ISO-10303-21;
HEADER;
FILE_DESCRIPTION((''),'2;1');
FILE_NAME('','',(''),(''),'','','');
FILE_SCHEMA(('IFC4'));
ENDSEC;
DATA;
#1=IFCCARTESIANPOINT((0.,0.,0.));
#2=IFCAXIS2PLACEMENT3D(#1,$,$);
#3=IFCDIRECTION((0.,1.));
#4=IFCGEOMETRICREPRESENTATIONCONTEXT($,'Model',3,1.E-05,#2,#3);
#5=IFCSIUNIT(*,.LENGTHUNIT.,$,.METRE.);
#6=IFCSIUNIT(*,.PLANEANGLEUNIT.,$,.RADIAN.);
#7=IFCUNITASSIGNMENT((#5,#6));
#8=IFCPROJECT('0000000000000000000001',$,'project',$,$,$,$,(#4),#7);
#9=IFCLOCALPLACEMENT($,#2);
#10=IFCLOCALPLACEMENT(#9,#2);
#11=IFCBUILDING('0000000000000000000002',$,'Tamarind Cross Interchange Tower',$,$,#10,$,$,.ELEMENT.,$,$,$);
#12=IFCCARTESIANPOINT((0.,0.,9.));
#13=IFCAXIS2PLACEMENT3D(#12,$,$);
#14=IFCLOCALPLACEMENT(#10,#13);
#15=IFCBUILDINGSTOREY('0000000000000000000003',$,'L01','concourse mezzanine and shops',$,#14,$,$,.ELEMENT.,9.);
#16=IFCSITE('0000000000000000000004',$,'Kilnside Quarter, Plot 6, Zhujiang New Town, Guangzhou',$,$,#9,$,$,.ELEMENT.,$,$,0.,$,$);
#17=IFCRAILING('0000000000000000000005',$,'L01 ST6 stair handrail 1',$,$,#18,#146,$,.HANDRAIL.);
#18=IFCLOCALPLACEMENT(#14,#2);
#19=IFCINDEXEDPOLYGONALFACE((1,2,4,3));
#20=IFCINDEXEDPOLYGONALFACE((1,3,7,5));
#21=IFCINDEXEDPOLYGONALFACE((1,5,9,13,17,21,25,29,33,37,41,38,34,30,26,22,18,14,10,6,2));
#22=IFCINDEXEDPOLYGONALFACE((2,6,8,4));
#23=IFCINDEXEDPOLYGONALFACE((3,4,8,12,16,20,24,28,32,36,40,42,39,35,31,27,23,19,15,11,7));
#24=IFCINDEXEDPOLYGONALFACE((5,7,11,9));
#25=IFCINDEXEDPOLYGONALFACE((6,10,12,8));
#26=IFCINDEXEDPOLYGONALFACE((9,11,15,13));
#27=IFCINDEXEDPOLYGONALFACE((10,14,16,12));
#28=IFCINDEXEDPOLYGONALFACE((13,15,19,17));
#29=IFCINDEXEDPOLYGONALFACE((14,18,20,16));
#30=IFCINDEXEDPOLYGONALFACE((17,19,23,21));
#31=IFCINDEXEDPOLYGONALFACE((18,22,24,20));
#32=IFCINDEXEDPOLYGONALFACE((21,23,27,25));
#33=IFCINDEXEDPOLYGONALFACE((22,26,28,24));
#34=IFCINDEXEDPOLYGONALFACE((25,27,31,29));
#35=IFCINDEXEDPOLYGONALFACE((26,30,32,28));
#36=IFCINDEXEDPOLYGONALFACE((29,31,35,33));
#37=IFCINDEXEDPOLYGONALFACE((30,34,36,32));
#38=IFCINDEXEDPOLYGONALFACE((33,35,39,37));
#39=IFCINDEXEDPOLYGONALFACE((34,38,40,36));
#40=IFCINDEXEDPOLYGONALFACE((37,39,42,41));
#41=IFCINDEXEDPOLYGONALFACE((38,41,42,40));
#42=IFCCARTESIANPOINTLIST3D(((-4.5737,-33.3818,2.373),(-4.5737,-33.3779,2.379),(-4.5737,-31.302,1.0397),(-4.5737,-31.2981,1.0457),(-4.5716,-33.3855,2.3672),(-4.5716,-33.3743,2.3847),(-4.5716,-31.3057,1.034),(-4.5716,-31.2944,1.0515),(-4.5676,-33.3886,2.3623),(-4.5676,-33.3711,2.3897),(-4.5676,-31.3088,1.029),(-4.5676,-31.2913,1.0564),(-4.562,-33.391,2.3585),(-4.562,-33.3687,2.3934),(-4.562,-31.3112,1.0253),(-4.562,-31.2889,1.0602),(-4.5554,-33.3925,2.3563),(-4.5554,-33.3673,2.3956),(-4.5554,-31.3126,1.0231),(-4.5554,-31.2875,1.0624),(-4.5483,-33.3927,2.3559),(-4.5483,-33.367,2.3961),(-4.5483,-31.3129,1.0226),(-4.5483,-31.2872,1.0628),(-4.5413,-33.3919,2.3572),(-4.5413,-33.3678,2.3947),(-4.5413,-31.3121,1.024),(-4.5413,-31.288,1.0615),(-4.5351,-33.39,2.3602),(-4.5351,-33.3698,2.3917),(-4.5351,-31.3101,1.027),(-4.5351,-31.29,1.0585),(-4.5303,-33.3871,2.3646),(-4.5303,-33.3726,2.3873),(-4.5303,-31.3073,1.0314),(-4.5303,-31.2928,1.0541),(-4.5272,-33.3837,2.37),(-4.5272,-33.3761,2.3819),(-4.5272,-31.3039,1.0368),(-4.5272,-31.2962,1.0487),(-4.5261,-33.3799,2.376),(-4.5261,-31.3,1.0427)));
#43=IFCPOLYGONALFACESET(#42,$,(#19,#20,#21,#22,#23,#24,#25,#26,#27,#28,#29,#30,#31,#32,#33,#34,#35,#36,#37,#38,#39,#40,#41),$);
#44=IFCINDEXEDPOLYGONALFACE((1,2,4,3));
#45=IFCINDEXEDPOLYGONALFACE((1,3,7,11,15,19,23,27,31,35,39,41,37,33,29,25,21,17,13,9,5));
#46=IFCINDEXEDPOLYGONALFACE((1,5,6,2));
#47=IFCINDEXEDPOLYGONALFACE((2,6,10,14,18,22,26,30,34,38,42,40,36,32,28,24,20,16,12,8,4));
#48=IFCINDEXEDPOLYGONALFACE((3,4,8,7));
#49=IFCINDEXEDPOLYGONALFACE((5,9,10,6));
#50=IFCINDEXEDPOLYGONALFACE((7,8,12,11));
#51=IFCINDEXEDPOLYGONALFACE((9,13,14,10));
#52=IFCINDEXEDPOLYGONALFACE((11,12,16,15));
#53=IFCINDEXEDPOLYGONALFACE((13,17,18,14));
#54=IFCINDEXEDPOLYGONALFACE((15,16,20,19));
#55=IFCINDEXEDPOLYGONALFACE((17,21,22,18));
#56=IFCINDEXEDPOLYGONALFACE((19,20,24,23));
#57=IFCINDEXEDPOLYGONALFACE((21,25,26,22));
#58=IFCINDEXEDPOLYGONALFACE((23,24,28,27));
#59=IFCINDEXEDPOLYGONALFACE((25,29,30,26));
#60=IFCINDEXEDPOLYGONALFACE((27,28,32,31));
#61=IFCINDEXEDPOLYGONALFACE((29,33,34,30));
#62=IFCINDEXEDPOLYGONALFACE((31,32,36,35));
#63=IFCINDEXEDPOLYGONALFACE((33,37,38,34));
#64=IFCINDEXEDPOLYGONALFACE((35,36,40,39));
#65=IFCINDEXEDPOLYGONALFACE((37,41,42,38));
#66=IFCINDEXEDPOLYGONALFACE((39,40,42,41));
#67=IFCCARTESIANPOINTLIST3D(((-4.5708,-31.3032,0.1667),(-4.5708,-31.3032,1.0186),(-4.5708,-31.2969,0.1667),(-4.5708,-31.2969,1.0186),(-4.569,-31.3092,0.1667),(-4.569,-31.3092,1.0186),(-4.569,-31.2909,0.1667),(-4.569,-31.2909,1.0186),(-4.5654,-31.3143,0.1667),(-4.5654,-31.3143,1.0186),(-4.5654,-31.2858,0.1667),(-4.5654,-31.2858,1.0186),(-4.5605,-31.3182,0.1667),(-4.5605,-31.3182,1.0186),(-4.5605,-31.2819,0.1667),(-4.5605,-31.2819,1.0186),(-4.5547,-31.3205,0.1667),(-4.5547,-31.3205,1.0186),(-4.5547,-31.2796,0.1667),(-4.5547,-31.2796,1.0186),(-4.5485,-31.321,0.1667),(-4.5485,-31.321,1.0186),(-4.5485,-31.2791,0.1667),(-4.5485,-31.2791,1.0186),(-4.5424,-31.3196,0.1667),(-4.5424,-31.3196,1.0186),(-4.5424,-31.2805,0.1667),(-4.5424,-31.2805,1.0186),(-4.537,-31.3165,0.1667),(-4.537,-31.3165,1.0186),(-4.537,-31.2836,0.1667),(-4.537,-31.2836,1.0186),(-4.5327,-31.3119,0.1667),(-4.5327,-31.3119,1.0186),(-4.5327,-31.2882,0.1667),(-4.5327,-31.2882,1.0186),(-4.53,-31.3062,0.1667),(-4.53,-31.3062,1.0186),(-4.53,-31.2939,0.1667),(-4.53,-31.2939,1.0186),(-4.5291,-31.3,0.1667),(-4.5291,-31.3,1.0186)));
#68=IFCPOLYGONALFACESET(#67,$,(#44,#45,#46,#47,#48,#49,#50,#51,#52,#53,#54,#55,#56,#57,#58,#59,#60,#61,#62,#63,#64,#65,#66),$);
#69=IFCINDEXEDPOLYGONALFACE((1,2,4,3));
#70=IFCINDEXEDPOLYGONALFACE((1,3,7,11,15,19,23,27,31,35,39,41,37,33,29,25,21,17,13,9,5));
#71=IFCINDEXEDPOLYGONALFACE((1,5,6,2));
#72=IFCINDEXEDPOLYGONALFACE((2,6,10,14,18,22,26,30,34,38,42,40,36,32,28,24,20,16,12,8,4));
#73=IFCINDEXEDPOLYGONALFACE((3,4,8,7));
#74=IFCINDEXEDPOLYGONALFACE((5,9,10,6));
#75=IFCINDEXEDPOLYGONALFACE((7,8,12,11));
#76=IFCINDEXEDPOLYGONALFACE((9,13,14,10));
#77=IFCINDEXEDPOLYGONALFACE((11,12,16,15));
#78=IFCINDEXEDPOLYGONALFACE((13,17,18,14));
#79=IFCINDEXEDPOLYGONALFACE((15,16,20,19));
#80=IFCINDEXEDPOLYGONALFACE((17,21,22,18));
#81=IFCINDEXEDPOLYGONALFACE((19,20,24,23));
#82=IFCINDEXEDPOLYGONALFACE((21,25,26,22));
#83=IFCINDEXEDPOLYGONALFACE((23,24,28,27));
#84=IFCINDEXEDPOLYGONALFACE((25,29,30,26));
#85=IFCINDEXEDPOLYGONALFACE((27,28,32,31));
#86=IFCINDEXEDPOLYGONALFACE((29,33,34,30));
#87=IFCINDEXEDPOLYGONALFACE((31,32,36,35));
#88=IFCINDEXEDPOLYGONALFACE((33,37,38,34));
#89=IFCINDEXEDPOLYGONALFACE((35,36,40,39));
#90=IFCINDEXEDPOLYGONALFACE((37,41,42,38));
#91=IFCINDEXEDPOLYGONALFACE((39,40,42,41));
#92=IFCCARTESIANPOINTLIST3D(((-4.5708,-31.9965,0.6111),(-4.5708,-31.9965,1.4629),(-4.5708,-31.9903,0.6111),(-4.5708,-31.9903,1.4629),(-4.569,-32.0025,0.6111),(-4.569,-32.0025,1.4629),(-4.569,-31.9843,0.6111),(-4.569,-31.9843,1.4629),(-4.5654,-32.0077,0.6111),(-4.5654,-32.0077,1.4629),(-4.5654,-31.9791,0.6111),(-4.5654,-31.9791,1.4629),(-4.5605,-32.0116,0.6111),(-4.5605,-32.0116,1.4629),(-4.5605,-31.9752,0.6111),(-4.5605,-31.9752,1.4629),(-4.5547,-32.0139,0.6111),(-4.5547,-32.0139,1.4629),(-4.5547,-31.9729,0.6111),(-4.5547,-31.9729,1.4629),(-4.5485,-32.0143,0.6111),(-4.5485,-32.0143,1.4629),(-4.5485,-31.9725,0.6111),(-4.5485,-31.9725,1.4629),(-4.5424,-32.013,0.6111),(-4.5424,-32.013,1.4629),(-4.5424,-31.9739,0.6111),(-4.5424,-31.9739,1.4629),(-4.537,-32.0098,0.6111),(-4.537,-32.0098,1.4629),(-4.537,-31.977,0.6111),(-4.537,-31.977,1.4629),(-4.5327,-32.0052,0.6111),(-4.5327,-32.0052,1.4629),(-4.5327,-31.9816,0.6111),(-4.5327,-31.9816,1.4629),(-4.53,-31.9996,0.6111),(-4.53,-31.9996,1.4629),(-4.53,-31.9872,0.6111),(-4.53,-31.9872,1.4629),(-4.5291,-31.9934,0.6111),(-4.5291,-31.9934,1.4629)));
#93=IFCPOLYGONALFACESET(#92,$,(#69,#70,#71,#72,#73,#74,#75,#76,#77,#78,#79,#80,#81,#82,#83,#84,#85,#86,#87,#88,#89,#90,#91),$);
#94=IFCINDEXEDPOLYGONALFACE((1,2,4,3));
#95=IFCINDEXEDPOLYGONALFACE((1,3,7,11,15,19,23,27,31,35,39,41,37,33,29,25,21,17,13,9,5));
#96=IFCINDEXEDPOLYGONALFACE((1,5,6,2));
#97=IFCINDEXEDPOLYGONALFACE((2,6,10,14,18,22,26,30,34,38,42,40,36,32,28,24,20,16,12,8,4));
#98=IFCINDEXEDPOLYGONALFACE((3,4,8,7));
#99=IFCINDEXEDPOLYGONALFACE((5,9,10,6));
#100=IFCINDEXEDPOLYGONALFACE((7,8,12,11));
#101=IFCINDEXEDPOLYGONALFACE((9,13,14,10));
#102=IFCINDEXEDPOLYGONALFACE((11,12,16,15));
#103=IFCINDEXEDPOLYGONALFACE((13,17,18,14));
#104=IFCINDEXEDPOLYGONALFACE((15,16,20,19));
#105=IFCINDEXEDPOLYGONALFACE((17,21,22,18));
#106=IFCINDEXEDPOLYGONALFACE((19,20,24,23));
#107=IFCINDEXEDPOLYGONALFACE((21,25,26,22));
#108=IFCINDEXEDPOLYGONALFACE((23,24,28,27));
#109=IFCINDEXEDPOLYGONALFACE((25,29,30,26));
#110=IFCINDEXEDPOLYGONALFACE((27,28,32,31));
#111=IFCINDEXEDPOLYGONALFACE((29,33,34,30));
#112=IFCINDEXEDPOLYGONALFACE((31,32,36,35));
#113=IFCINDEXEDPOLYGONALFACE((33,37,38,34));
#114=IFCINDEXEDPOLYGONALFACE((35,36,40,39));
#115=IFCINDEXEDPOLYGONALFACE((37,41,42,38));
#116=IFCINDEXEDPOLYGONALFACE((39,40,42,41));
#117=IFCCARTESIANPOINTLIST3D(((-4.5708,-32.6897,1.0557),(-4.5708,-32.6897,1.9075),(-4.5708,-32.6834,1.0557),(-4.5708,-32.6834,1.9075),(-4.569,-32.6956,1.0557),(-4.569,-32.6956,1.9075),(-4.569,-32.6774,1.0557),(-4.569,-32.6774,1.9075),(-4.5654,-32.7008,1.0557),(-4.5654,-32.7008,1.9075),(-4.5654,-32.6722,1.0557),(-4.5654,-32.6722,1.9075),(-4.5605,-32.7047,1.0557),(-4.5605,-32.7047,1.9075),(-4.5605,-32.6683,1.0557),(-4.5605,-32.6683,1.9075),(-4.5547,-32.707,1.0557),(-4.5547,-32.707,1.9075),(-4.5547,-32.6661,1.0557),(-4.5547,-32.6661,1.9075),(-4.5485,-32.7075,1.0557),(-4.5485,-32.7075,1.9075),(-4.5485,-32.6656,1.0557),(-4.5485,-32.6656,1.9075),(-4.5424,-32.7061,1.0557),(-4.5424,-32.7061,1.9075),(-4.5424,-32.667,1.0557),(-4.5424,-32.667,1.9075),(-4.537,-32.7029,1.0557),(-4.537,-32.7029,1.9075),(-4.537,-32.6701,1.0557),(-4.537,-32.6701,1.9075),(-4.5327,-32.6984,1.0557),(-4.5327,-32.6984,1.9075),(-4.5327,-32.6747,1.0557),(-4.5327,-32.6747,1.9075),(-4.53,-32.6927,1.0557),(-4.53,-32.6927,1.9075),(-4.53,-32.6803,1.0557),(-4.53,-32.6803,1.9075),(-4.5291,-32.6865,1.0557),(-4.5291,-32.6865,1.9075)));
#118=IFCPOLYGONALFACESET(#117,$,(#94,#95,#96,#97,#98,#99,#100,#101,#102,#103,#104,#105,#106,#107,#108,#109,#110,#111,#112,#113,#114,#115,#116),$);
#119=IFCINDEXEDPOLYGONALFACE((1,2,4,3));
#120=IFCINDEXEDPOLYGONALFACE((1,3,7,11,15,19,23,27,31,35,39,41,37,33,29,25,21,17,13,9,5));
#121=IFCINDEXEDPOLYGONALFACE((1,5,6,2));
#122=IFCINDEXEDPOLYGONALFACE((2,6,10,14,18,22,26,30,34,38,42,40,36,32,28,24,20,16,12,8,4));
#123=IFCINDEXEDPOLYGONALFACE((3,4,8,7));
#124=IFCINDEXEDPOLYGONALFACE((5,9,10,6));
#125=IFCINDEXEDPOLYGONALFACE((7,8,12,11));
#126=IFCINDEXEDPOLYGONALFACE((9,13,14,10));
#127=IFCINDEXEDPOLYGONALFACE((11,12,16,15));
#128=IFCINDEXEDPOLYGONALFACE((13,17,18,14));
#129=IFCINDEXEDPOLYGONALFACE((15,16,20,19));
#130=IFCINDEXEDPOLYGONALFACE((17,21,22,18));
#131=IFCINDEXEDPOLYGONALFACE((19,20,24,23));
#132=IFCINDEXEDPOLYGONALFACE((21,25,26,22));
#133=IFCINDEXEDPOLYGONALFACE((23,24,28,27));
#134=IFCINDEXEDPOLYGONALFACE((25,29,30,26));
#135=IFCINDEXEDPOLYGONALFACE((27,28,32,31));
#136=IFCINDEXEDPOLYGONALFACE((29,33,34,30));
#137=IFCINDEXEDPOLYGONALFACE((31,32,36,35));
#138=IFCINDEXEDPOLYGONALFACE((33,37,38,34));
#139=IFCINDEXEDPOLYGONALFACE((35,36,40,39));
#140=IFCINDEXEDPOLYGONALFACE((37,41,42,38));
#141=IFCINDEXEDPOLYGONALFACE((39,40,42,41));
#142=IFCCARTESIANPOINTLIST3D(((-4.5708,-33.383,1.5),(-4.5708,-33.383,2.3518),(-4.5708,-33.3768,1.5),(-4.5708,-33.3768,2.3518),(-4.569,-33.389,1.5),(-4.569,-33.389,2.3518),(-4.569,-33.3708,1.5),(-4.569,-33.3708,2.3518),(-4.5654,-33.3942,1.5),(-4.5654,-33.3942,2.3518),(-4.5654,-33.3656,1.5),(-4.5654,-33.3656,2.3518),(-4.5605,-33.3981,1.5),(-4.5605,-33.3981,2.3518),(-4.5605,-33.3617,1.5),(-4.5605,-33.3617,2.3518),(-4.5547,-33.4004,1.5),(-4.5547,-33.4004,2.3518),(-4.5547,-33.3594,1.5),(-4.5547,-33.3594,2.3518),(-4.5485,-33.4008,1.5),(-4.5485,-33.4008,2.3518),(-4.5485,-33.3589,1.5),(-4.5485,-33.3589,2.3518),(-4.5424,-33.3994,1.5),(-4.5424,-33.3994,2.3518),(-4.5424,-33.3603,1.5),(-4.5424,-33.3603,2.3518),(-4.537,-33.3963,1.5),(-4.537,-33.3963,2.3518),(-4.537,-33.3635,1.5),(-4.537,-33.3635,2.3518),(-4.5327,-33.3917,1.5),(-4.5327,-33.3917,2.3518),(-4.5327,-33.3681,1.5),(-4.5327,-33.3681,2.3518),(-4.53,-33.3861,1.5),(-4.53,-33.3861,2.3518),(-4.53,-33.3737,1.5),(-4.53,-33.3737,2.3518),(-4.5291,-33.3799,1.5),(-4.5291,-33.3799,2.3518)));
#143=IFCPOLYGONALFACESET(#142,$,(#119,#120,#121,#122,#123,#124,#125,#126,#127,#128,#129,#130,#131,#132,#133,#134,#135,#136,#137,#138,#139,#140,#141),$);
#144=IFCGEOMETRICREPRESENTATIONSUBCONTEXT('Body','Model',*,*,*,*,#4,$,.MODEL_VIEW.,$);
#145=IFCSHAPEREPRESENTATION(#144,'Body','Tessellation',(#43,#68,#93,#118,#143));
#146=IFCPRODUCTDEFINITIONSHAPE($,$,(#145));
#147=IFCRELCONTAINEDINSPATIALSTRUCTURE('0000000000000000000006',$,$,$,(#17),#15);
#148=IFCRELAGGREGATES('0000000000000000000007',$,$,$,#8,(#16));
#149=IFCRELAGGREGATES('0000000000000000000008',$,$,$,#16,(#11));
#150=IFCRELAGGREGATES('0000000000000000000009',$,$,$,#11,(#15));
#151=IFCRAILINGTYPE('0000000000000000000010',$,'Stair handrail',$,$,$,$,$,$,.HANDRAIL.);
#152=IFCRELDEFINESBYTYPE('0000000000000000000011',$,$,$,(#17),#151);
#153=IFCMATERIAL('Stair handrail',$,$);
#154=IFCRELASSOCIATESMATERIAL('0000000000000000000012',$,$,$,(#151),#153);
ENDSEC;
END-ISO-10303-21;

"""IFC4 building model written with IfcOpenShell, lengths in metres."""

from ifc_helpers import new_model, si_unit, direction, frame, origin, origin_2d, place, context, subcontext, project, spatial, circle, extrude, material, type_object, element, save


model = new_model("IFC4")

# Units and contexts
model_context = context("Model", 3, precision=1e-05, world=origin(), true_north=direction((0.0, 1.0)))
body_context = subcontext(model_context, "Body", "Model", "MODEL_VIEW")
ifc_project = project(units=[si_unit("LENGTHUNIT", "METRE"), si_unit("PLANEANGLEUNIT", "RADIAN")], contexts=[model_context])

# Site, building, storey
site_placement = place(None, origin())
site = spatial("IfcSite", under=ifc_project, at=site_placement, Name="Kilnside Quarter, Plot 6, Zhujiang New Town, Guangzhou", CompositionType="ELEMENT", RefElevation=0.0)
building_placement = place(site_placement, origin())
building = spatial("IfcBuilding", under=site, at=building_placement, Name="Tamarind Cross Interchange Tower", CompositionType="ELEMENT")
storey_placement = place(building_placement, frame((0.0, 0.0, 9.0)))
storey = spatial("IfcBuildingStorey", under=building, at=storey_placement, Name="L01", Description="concourse mezzanine and shops", CompositionType="ELEMENT", Elevation=9.0)

# Railing
ifc_material_1 = material(Name="Stair handrail")
railing_type_1 = type_object("IfcRailingType", Name="Stair handrail", PredefinedType="HANDRAIL", material=ifc_material_1)
railing_1_placement = place(storey_placement, frame((-4.55, -31.3, 0.1667)))
element("IfcRailing", 1, at=railing_1_placement, inside=storey, type_object=railing_type_1, Name="L01 ST6 stair handrail 1", PredefinedType="HANDRAIL", context=body_context, shape_type="SweptSolid", body=[
    extrude(circle(Radius=0.0239, at=origin_2d()), frame((0.0, 0.0, 0.876), z_axis=(0.0, -0.841875, 0.539673), x_axis=(1.0, 0.0, 0.0)), (0.0, 0.0, 1.0), 2.4705),
    extrude(circle(Radius=0.021, at=origin_2d()), origin(), (0.0, 0.0, 1.0), 0.8518),
    extrude(circle(Radius=0.021, at=origin_2d()), frame((0.0, -0.6934, 0.4443)), (0.0, 0.0, 1.0), 0.8518),
    extrude(circle(Radius=0.021, at=origin_2d()), frame((0.0, -1.3865, 0.8889)), (0.0, 0.0, 1.0), 0.8518),
    extrude(circle(Radius=0.021, at=origin_2d()), frame((0.0, -2.0798, 1.3333)), (0.0, 0.0, 1.0), 0.8518),
])

save(model, "model.ifc")
